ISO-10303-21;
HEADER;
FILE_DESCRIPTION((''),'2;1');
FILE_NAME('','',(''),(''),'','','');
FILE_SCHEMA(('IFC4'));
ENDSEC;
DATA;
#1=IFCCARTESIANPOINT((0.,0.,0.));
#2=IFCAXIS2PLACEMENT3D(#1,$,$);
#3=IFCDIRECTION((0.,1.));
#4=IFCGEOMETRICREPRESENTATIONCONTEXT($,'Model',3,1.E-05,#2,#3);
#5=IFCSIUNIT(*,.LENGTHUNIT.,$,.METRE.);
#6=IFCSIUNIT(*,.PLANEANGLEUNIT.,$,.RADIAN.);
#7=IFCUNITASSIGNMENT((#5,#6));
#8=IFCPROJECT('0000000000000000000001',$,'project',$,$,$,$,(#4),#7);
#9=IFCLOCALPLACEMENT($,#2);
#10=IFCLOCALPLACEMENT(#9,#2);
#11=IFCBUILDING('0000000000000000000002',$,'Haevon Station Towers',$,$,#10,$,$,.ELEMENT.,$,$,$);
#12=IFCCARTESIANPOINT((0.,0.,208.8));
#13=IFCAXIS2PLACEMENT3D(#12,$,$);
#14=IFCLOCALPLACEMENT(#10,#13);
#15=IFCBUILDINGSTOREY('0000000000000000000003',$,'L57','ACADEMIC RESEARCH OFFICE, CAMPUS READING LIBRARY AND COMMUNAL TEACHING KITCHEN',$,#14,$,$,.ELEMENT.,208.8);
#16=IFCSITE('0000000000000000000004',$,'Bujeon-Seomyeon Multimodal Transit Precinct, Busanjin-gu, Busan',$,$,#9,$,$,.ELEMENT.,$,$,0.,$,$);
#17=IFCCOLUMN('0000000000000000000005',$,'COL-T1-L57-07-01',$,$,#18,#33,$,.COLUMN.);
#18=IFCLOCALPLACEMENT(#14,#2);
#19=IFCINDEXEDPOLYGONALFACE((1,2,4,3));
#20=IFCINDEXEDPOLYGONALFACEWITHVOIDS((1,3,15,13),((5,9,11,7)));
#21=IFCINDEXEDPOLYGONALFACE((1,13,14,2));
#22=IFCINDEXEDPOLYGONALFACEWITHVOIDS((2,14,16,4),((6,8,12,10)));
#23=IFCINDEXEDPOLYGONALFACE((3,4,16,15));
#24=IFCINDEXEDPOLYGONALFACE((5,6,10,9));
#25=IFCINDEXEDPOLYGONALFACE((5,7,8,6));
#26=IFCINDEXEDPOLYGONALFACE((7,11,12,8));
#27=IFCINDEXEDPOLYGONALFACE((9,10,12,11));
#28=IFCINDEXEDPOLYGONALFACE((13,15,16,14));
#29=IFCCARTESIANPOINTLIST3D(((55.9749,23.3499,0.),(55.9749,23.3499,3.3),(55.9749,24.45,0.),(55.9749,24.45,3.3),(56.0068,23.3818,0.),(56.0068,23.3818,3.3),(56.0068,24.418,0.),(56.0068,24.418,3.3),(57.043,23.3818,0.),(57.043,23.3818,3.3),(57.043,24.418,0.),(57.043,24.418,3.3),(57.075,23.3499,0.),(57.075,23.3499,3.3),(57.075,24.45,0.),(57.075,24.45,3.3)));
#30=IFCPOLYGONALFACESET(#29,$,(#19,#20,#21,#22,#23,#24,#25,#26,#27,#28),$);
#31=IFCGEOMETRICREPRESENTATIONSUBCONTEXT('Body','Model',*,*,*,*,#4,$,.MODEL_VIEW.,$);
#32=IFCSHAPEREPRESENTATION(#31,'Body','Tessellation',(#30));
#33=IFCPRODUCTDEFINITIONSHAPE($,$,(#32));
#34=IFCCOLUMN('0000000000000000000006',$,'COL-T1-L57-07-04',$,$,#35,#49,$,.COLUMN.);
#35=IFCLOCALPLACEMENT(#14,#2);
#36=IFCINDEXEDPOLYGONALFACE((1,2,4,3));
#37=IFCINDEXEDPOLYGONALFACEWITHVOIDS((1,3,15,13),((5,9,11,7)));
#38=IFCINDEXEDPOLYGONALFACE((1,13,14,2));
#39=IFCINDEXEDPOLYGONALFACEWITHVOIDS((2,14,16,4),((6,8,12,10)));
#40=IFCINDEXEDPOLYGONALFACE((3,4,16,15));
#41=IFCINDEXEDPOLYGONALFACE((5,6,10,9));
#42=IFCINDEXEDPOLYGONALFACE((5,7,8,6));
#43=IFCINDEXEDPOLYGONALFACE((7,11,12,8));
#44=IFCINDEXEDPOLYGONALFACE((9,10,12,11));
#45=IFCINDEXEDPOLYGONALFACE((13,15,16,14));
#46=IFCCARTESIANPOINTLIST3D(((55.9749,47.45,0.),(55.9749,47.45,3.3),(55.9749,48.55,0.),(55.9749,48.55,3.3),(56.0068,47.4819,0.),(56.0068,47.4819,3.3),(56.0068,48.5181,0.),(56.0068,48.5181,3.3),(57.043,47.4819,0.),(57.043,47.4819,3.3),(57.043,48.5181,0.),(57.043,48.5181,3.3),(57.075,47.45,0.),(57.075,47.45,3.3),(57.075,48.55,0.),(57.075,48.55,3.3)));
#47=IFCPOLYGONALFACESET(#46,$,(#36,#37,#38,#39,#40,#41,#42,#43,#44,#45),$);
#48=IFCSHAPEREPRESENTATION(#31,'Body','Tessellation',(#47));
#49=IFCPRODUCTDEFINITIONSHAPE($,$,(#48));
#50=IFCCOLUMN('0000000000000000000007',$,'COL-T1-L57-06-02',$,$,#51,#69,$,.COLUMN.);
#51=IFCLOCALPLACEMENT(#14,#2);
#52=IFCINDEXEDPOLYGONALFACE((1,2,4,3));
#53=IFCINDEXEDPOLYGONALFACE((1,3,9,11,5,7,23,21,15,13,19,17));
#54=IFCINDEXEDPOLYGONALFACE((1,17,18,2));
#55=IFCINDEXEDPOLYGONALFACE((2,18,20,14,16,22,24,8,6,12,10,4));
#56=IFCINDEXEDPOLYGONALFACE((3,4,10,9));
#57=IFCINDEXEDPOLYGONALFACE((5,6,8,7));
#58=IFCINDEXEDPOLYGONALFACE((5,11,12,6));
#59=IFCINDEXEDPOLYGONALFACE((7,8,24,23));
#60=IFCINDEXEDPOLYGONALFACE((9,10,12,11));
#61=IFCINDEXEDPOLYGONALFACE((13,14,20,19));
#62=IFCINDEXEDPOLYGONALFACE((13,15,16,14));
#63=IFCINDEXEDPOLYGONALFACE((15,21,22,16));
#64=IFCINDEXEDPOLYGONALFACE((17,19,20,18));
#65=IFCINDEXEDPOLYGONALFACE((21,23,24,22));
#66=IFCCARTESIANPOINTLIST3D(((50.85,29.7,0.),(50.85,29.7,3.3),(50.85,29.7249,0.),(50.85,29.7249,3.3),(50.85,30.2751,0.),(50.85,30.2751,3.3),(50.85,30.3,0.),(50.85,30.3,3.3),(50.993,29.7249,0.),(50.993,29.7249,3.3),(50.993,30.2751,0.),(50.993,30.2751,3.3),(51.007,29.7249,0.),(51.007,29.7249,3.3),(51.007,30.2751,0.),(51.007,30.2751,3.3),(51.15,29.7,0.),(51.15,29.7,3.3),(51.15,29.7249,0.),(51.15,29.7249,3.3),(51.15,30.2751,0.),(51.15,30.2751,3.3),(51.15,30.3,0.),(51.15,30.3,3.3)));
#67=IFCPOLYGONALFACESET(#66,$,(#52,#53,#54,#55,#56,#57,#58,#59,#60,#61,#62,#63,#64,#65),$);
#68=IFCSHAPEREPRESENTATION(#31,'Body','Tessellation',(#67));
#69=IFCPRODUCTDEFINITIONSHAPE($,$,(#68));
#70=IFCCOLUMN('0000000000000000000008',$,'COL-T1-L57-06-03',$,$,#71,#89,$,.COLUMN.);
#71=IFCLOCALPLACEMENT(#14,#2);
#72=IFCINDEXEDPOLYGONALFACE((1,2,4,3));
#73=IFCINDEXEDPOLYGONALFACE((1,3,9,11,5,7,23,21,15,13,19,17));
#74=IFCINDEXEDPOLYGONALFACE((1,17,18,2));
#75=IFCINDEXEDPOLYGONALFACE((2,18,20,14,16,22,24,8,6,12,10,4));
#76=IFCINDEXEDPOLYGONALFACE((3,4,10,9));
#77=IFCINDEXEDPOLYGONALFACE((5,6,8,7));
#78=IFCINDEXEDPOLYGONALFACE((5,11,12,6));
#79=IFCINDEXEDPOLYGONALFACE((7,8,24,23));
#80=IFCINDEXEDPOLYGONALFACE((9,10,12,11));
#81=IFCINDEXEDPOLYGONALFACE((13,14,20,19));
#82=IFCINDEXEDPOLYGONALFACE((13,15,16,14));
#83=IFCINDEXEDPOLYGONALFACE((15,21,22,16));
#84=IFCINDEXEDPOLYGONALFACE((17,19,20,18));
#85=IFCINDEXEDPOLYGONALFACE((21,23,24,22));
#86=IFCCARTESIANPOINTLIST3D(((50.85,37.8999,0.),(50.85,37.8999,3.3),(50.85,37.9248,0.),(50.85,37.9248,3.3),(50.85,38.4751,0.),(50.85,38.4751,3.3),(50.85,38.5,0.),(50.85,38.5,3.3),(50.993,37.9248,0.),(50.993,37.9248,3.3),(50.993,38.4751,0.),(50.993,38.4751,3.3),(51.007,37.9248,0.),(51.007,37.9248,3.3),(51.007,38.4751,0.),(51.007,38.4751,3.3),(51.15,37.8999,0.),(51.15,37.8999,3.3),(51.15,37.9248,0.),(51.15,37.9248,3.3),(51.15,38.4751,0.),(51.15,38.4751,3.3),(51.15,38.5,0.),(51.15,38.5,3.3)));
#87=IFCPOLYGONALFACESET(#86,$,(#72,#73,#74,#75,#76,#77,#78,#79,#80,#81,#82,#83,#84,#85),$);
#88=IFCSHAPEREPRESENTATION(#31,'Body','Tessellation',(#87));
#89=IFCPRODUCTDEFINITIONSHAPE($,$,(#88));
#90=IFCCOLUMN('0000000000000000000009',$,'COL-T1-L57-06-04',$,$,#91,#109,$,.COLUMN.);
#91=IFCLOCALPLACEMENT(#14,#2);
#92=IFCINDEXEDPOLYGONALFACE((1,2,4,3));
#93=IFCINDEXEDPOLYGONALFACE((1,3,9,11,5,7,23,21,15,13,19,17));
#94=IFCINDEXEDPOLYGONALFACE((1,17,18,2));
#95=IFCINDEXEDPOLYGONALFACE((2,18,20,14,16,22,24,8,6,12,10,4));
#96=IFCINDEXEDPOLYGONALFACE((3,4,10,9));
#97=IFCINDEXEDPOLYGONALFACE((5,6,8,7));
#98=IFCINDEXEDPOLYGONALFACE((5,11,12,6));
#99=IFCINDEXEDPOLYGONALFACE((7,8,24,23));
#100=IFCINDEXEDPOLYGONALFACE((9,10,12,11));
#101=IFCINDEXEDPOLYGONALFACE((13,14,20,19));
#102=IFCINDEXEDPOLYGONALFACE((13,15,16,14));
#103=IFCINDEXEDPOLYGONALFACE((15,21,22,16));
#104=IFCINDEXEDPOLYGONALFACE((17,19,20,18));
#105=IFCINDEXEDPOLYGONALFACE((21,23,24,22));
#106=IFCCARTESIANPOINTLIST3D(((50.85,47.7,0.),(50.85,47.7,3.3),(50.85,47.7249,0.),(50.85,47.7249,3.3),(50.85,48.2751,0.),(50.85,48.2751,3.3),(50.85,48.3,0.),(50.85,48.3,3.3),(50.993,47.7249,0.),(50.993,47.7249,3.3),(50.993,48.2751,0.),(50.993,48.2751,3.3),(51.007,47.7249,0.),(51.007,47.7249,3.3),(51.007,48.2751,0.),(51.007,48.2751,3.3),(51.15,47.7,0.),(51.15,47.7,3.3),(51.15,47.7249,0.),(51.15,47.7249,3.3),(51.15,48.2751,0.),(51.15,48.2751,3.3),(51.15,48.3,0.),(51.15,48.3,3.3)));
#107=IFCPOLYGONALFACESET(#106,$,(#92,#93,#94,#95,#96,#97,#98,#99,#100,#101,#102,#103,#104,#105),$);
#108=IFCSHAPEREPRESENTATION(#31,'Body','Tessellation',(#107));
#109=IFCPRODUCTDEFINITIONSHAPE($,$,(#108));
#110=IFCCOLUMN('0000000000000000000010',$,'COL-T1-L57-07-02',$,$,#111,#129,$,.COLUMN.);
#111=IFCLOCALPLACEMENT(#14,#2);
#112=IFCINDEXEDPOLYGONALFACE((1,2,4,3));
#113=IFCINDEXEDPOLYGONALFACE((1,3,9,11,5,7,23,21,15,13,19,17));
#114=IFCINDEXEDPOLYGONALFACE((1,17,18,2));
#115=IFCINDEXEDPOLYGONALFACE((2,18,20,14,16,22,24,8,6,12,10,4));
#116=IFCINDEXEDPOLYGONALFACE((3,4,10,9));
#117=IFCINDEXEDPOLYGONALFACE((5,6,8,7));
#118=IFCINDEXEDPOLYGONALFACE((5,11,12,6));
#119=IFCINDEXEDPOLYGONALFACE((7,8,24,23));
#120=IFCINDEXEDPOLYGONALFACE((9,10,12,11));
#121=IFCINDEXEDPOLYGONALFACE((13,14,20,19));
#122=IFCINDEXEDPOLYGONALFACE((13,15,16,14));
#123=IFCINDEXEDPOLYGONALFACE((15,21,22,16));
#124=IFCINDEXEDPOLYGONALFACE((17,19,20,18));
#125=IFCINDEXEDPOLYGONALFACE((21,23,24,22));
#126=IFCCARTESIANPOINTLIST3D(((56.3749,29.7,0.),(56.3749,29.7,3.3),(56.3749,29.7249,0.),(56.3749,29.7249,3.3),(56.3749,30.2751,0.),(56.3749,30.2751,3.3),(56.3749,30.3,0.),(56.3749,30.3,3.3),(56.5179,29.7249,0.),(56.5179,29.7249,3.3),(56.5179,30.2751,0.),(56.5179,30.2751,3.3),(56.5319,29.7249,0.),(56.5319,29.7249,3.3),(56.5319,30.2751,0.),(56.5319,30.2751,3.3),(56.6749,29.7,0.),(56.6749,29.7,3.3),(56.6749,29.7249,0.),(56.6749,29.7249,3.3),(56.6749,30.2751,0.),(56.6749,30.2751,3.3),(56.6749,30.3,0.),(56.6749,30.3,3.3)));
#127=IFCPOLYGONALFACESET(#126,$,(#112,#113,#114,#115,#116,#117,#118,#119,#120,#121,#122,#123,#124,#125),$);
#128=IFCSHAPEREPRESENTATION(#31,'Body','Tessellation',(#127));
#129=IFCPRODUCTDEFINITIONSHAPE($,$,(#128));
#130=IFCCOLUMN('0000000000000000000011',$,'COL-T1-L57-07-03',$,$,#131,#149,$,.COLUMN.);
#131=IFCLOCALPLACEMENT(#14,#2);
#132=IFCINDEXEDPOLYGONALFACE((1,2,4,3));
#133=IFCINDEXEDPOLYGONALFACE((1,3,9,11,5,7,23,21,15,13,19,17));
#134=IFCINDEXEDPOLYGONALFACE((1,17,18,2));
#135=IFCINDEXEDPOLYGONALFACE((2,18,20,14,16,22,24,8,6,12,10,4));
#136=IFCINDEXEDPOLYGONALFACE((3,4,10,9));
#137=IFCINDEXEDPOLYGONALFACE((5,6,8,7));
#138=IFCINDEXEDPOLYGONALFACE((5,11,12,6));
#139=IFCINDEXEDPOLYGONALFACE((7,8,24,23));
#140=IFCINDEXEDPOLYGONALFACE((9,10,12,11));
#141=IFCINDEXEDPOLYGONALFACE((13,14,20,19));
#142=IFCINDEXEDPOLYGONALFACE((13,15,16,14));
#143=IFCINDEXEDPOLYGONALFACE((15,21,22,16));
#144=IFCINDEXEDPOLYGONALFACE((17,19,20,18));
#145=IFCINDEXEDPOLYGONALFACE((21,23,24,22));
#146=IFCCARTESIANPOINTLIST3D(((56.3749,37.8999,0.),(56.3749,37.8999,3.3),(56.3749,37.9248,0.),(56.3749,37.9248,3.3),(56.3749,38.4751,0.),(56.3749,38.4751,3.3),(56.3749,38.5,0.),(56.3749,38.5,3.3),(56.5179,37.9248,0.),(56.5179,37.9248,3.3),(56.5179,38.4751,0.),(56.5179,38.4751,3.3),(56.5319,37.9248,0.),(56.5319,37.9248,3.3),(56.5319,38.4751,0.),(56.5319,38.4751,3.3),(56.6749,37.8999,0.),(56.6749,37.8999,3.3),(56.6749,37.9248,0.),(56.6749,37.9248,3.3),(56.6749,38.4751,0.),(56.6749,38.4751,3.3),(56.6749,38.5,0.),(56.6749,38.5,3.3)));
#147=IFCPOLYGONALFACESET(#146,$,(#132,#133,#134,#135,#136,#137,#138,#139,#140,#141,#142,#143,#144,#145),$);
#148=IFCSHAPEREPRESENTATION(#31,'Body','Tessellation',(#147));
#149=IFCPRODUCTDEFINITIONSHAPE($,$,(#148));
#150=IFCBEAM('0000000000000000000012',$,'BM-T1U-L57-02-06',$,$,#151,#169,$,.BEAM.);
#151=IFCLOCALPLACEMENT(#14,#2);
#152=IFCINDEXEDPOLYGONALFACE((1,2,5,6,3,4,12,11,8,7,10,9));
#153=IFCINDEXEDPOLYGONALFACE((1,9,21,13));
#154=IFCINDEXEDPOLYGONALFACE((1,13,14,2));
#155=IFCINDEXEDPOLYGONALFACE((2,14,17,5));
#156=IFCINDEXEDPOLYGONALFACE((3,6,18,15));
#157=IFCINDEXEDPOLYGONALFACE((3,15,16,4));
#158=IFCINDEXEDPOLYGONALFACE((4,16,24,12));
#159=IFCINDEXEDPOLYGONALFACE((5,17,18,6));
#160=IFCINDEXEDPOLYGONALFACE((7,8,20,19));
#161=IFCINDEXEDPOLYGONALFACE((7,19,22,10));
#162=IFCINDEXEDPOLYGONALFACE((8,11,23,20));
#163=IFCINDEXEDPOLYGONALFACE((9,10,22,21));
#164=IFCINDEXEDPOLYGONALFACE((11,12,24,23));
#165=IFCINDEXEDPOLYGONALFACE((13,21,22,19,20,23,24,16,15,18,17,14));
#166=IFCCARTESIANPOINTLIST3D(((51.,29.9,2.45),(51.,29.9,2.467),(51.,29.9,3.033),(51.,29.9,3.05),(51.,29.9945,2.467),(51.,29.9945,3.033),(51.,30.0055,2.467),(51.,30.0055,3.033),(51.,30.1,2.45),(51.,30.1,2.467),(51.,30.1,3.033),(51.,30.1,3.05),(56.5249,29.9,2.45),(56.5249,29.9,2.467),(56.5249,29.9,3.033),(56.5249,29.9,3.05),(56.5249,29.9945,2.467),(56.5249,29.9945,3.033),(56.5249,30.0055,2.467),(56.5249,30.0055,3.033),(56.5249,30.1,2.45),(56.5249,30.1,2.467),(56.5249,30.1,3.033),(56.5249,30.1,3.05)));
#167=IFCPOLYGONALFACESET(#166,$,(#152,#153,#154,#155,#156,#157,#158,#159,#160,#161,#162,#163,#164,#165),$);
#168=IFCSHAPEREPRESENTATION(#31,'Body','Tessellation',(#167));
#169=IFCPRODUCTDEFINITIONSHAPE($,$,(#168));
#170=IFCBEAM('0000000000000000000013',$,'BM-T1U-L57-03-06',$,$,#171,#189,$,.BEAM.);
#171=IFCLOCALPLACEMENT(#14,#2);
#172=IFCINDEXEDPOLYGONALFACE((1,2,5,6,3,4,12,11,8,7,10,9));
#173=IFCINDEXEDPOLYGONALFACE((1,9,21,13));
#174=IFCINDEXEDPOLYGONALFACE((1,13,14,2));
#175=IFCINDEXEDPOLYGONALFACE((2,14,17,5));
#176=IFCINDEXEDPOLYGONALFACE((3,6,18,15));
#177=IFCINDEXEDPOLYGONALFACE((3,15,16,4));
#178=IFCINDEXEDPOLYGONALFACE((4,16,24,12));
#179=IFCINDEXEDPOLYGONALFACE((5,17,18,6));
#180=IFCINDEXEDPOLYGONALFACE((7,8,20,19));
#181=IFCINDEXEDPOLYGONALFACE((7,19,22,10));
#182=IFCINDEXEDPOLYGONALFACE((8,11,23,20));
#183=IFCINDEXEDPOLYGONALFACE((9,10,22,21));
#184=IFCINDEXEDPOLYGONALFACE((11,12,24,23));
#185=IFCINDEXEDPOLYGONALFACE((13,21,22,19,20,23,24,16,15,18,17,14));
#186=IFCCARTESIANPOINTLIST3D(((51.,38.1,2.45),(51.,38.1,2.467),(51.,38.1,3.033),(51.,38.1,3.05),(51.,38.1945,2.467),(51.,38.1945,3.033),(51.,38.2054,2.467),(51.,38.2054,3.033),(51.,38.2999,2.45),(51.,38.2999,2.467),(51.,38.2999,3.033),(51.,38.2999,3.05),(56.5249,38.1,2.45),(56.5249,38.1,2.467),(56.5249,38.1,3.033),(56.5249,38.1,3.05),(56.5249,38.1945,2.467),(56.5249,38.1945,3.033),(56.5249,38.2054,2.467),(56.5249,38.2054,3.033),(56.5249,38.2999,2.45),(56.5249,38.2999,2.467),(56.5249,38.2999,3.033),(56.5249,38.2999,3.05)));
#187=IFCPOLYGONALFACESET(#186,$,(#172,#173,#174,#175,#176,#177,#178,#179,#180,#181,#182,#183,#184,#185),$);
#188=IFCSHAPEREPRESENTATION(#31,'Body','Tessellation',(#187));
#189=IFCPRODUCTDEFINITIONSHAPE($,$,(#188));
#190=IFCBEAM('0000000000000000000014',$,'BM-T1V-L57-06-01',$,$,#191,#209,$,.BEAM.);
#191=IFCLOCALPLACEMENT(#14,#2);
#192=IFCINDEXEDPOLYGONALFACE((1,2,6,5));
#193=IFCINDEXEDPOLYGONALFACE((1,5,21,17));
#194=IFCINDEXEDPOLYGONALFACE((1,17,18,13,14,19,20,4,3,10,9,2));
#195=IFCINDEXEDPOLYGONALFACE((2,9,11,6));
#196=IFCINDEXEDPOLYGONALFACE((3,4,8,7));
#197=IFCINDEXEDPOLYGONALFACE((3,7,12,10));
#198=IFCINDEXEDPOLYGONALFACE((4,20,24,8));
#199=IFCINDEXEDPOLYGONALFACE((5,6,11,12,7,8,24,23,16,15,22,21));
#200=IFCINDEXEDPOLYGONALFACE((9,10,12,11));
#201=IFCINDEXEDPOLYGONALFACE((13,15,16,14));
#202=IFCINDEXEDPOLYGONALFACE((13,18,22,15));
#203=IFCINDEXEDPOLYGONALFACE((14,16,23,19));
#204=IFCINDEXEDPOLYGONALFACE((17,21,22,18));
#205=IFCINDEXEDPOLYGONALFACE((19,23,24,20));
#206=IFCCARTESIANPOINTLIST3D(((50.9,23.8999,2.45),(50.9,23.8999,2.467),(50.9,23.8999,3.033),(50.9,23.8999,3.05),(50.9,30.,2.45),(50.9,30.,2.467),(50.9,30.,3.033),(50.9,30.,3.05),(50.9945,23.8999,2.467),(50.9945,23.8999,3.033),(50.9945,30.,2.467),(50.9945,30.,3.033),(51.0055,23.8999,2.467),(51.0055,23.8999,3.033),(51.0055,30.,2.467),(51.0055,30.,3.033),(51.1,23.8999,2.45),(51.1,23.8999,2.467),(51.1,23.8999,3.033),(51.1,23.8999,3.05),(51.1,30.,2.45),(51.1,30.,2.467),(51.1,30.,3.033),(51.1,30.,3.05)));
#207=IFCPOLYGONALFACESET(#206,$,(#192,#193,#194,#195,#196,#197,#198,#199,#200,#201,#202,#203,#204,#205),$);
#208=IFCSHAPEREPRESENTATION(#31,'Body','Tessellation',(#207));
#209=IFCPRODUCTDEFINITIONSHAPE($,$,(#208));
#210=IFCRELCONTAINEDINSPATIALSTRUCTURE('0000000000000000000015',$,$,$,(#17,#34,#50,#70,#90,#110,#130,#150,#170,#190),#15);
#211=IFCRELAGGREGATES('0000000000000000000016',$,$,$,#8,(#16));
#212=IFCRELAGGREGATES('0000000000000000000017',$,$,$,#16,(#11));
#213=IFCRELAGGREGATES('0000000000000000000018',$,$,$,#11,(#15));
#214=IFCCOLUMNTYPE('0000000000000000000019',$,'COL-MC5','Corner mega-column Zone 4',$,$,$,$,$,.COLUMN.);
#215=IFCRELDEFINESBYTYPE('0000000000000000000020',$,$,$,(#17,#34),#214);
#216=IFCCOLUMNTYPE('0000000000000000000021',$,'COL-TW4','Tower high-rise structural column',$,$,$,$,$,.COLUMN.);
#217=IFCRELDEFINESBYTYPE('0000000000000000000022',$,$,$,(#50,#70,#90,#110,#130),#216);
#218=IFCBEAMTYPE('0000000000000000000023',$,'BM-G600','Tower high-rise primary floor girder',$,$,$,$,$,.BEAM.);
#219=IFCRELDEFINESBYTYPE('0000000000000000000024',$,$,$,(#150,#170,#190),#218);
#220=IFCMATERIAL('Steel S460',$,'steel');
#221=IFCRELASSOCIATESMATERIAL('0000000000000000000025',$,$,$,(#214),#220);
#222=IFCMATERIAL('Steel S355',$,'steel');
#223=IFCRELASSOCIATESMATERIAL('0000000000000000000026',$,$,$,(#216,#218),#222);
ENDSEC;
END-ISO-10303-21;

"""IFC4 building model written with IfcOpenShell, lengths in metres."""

from ifc_helpers import new_model, si_unit, direction, frame, origin, origin_2d, place, context, subcontext, project, spatial, hollow_rectangle, i_section, extrude, material, material_profile, profile_set, type_object, element, save


model = new_model("IFC4")

# Units and contexts
model_context = context("Model", 3, precision=1e-05, world=origin(), true_north=direction((0.0, 1.0)))
body_context = subcontext(model_context, "Body", "Model", "MODEL_VIEW")
ifc_project = project(units=[si_unit("LENGTHUNIT", "METRE"), si_unit("PLANEANGLEUNIT", "RADIAN")], contexts=[model_context])

# Site, building, storey
site_placement = place(None, origin())
site = spatial("IfcSite", under=ifc_project, at=site_placement, Name="Bujeon-Seomyeon Multimodal Transit Precinct, Busanjin-gu, Busan", CompositionType="ELEMENT", RefElevation=0.0)
building_placement = place(site_placement, origin())
building = spatial("IfcBuilding", under=site, at=building_placement, Name="Haevon Station Towers", CompositionType="ELEMENT")
storey_placement = place(building_placement, frame((0.0, 0.0, 208.8)))
storey = spatial("IfcBuildingStorey", under=building, at=storey_placement, Name="L57", Description="ACADEMIC RESEARCH OFFICE, CAMPUS READING LIBRARY AND COMMUNAL TEACHING KITCHEN", CompositionType="ELEMENT", Elevation=208.8)

# Columns
ifc_material_1 = material(Name="Steel S460", Category="steel")
ifc_material_profile_1 = material_profile(ifc_material_1, hollow_rectangle(XDim=1.1001, YDim=1.1001, WallThickness=0.032, at=origin_2d()), Name="BOX-1100x1100x32")
ifc_profile_set_1 = profile_set([ifc_material_profile_1], Name="Steel S460")
column_type_1 = type_object("IfcColumnType", Name="COL-MC5", Description="Corner mega-column Zone 4", PredefinedType="COLUMN", material=ifc_profile_set_1)
for number, where, z_axis, x_axis, name in (
    (1, (56.5249, 23.8999, 0.0), (0.0, 0.0, 1.0), (1.0, 0.0, 0.0), "COL-T1-L57-07-01"),
    (2, (56.5249, 48.0, 0.0), (0.0, 0.0, 1.0), (1.0, 0.0, 0.0), "COL-T1-L57-07-04"),
):
    element("IfcColumn", number, at=place(storey_placement, frame(where, z_axis=z_axis, x_axis=x_axis)), inside=storey, type_object=column_type_1, Name=name, PredefinedType="COLUMN", context=body_context, shape_type="SweptSolid", body=[
        extrude(hollow_rectangle(XDim=1.1001, YDim=1.1001, WallThickness=0.032, at=origin_2d()), origin(), (0.0, 0.0, 1.0), 3.3),
    ])
ifc_material_2 = material(Name="Steel S355", Category="steel")
ifc_material_profile_2 = material_profile(ifc_material_2, i_section(OverallWidth=0.3, OverallDepth=0.6001, WebThickness=0.0139, FlangeThickness=0.0249, at=origin_2d()), Name="H-600x300x14x25")
ifc_profile_set_2 = profile_set([ifc_material_profile_2], Name="Steel S355")
column_type_2 = type_object("IfcColumnType", Name="COL-TW4", Description="Tower high-rise structural column", PredefinedType="COLUMN", material=ifc_profile_set_2)
for number, where, z_axis, x_axis, name in (
    (3, (51.0, 30.0, 0.0), (0.0, 0.0, 1.0), (1.0, 0.0, 0.0), "COL-T1-L57-06-02"),
    (4, (51.0, 38.2, 0.0), (0.0, 0.0, 1.0), (1.0, 0.0, 0.0), "COL-T1-L57-06-03"),
    (5, (51.0, 48.0, 0.0), (0.0, 0.0, 1.0), (1.0, 0.0, 0.0), "COL-T1-L57-06-04"),
    (6, (56.5249, 30.0, 0.0), (0.0, 0.0, 1.0), (1.0, 0.0, 0.0), "COL-T1-L57-07-02"),
    (7, (56.5249, 38.2, 0.0), (0.0, 0.0, 1.0), (1.0, 0.0, 0.0), "COL-T1-L57-07-03"),
):
    element("IfcColumn", number, at=place(storey_placement, frame(where, z_axis=z_axis, x_axis=x_axis)), inside=storey, type_object=column_type_2, Name=name, PredefinedType="COLUMN", context=body_context, shape_type="SweptSolid", body=[
        extrude(i_section(OverallWidth=0.3, OverallDepth=0.6001, WebThickness=0.0139, FlangeThickness=0.0249, at=origin_2d()), origin(), (0.0, 0.0, 1.0), 3.3),
    ])

# Beams
ifc_material_profile_3 = material_profile(ifc_material_2, i_section(OverallWidth=0.2, OverallDepth=0.6001, WebThickness=0.011, FlangeThickness=0.0171, at=origin_2d()), Name="H-600x200x11x17")
ifc_profile_set_3 = profile_set([ifc_material_profile_3], Name="Steel S355")
beam_type_1 = type_object("IfcBeamType", Name="BM-G600", Description="Tower high-rise primary floor girder", PredefinedType="BEAM", material=ifc_profile_set_3)
for number, where, z_axis, x_axis, name in (
    (8, (51.0, 30.0, 2.75), (1.0, 0.0, 0.0), (0.0, 1.0, 0.0), "BM-T1U-L57-02-06"),
    (9, (51.0, 38.2, 2.75), (1.0, 0.0, 0.0), (0.0, 1.0, 0.0), "BM-T1U-L57-03-06"),
):
    element("IfcBeam", number, at=place(storey_placement, frame(where, z_axis=z_axis, x_axis=x_axis)), inside=storey, type_object=beam_type_1, Name=name, PredefinedType="BEAM", context=body_context, shape_type="SweptSolid", body=[
        extrude(i_section(OverallWidth=0.2, OverallDepth=0.6001, WebThickness=0.011, FlangeThickness=0.0171, at=origin_2d()), origin(), (0.0, 0.0, 1.0), 5.5249),
    ])
beam_1_placement = place(storey_placement, frame((51.0, 23.8999, 2.75), z_axis=(0.0, 1.0, 0.0), x_axis=(-1.0, 0.0, 0.0)))
element("IfcBeam", 10, at=beam_1_placement, inside=storey, type_object=beam_type_1, Name="BM-T1V-L57-06-01", PredefinedType="BEAM", context=body_context, shape_type="SweptSolid", body=[
    extrude(i_section(OverallWidth=0.2, OverallDepth=0.6001, WebThickness=0.011, FlangeThickness=0.0171, at=origin_2d()), origin(), (0.0, 0.0, 1.0), 6.1001),
])

save(model, "model.ifc")
